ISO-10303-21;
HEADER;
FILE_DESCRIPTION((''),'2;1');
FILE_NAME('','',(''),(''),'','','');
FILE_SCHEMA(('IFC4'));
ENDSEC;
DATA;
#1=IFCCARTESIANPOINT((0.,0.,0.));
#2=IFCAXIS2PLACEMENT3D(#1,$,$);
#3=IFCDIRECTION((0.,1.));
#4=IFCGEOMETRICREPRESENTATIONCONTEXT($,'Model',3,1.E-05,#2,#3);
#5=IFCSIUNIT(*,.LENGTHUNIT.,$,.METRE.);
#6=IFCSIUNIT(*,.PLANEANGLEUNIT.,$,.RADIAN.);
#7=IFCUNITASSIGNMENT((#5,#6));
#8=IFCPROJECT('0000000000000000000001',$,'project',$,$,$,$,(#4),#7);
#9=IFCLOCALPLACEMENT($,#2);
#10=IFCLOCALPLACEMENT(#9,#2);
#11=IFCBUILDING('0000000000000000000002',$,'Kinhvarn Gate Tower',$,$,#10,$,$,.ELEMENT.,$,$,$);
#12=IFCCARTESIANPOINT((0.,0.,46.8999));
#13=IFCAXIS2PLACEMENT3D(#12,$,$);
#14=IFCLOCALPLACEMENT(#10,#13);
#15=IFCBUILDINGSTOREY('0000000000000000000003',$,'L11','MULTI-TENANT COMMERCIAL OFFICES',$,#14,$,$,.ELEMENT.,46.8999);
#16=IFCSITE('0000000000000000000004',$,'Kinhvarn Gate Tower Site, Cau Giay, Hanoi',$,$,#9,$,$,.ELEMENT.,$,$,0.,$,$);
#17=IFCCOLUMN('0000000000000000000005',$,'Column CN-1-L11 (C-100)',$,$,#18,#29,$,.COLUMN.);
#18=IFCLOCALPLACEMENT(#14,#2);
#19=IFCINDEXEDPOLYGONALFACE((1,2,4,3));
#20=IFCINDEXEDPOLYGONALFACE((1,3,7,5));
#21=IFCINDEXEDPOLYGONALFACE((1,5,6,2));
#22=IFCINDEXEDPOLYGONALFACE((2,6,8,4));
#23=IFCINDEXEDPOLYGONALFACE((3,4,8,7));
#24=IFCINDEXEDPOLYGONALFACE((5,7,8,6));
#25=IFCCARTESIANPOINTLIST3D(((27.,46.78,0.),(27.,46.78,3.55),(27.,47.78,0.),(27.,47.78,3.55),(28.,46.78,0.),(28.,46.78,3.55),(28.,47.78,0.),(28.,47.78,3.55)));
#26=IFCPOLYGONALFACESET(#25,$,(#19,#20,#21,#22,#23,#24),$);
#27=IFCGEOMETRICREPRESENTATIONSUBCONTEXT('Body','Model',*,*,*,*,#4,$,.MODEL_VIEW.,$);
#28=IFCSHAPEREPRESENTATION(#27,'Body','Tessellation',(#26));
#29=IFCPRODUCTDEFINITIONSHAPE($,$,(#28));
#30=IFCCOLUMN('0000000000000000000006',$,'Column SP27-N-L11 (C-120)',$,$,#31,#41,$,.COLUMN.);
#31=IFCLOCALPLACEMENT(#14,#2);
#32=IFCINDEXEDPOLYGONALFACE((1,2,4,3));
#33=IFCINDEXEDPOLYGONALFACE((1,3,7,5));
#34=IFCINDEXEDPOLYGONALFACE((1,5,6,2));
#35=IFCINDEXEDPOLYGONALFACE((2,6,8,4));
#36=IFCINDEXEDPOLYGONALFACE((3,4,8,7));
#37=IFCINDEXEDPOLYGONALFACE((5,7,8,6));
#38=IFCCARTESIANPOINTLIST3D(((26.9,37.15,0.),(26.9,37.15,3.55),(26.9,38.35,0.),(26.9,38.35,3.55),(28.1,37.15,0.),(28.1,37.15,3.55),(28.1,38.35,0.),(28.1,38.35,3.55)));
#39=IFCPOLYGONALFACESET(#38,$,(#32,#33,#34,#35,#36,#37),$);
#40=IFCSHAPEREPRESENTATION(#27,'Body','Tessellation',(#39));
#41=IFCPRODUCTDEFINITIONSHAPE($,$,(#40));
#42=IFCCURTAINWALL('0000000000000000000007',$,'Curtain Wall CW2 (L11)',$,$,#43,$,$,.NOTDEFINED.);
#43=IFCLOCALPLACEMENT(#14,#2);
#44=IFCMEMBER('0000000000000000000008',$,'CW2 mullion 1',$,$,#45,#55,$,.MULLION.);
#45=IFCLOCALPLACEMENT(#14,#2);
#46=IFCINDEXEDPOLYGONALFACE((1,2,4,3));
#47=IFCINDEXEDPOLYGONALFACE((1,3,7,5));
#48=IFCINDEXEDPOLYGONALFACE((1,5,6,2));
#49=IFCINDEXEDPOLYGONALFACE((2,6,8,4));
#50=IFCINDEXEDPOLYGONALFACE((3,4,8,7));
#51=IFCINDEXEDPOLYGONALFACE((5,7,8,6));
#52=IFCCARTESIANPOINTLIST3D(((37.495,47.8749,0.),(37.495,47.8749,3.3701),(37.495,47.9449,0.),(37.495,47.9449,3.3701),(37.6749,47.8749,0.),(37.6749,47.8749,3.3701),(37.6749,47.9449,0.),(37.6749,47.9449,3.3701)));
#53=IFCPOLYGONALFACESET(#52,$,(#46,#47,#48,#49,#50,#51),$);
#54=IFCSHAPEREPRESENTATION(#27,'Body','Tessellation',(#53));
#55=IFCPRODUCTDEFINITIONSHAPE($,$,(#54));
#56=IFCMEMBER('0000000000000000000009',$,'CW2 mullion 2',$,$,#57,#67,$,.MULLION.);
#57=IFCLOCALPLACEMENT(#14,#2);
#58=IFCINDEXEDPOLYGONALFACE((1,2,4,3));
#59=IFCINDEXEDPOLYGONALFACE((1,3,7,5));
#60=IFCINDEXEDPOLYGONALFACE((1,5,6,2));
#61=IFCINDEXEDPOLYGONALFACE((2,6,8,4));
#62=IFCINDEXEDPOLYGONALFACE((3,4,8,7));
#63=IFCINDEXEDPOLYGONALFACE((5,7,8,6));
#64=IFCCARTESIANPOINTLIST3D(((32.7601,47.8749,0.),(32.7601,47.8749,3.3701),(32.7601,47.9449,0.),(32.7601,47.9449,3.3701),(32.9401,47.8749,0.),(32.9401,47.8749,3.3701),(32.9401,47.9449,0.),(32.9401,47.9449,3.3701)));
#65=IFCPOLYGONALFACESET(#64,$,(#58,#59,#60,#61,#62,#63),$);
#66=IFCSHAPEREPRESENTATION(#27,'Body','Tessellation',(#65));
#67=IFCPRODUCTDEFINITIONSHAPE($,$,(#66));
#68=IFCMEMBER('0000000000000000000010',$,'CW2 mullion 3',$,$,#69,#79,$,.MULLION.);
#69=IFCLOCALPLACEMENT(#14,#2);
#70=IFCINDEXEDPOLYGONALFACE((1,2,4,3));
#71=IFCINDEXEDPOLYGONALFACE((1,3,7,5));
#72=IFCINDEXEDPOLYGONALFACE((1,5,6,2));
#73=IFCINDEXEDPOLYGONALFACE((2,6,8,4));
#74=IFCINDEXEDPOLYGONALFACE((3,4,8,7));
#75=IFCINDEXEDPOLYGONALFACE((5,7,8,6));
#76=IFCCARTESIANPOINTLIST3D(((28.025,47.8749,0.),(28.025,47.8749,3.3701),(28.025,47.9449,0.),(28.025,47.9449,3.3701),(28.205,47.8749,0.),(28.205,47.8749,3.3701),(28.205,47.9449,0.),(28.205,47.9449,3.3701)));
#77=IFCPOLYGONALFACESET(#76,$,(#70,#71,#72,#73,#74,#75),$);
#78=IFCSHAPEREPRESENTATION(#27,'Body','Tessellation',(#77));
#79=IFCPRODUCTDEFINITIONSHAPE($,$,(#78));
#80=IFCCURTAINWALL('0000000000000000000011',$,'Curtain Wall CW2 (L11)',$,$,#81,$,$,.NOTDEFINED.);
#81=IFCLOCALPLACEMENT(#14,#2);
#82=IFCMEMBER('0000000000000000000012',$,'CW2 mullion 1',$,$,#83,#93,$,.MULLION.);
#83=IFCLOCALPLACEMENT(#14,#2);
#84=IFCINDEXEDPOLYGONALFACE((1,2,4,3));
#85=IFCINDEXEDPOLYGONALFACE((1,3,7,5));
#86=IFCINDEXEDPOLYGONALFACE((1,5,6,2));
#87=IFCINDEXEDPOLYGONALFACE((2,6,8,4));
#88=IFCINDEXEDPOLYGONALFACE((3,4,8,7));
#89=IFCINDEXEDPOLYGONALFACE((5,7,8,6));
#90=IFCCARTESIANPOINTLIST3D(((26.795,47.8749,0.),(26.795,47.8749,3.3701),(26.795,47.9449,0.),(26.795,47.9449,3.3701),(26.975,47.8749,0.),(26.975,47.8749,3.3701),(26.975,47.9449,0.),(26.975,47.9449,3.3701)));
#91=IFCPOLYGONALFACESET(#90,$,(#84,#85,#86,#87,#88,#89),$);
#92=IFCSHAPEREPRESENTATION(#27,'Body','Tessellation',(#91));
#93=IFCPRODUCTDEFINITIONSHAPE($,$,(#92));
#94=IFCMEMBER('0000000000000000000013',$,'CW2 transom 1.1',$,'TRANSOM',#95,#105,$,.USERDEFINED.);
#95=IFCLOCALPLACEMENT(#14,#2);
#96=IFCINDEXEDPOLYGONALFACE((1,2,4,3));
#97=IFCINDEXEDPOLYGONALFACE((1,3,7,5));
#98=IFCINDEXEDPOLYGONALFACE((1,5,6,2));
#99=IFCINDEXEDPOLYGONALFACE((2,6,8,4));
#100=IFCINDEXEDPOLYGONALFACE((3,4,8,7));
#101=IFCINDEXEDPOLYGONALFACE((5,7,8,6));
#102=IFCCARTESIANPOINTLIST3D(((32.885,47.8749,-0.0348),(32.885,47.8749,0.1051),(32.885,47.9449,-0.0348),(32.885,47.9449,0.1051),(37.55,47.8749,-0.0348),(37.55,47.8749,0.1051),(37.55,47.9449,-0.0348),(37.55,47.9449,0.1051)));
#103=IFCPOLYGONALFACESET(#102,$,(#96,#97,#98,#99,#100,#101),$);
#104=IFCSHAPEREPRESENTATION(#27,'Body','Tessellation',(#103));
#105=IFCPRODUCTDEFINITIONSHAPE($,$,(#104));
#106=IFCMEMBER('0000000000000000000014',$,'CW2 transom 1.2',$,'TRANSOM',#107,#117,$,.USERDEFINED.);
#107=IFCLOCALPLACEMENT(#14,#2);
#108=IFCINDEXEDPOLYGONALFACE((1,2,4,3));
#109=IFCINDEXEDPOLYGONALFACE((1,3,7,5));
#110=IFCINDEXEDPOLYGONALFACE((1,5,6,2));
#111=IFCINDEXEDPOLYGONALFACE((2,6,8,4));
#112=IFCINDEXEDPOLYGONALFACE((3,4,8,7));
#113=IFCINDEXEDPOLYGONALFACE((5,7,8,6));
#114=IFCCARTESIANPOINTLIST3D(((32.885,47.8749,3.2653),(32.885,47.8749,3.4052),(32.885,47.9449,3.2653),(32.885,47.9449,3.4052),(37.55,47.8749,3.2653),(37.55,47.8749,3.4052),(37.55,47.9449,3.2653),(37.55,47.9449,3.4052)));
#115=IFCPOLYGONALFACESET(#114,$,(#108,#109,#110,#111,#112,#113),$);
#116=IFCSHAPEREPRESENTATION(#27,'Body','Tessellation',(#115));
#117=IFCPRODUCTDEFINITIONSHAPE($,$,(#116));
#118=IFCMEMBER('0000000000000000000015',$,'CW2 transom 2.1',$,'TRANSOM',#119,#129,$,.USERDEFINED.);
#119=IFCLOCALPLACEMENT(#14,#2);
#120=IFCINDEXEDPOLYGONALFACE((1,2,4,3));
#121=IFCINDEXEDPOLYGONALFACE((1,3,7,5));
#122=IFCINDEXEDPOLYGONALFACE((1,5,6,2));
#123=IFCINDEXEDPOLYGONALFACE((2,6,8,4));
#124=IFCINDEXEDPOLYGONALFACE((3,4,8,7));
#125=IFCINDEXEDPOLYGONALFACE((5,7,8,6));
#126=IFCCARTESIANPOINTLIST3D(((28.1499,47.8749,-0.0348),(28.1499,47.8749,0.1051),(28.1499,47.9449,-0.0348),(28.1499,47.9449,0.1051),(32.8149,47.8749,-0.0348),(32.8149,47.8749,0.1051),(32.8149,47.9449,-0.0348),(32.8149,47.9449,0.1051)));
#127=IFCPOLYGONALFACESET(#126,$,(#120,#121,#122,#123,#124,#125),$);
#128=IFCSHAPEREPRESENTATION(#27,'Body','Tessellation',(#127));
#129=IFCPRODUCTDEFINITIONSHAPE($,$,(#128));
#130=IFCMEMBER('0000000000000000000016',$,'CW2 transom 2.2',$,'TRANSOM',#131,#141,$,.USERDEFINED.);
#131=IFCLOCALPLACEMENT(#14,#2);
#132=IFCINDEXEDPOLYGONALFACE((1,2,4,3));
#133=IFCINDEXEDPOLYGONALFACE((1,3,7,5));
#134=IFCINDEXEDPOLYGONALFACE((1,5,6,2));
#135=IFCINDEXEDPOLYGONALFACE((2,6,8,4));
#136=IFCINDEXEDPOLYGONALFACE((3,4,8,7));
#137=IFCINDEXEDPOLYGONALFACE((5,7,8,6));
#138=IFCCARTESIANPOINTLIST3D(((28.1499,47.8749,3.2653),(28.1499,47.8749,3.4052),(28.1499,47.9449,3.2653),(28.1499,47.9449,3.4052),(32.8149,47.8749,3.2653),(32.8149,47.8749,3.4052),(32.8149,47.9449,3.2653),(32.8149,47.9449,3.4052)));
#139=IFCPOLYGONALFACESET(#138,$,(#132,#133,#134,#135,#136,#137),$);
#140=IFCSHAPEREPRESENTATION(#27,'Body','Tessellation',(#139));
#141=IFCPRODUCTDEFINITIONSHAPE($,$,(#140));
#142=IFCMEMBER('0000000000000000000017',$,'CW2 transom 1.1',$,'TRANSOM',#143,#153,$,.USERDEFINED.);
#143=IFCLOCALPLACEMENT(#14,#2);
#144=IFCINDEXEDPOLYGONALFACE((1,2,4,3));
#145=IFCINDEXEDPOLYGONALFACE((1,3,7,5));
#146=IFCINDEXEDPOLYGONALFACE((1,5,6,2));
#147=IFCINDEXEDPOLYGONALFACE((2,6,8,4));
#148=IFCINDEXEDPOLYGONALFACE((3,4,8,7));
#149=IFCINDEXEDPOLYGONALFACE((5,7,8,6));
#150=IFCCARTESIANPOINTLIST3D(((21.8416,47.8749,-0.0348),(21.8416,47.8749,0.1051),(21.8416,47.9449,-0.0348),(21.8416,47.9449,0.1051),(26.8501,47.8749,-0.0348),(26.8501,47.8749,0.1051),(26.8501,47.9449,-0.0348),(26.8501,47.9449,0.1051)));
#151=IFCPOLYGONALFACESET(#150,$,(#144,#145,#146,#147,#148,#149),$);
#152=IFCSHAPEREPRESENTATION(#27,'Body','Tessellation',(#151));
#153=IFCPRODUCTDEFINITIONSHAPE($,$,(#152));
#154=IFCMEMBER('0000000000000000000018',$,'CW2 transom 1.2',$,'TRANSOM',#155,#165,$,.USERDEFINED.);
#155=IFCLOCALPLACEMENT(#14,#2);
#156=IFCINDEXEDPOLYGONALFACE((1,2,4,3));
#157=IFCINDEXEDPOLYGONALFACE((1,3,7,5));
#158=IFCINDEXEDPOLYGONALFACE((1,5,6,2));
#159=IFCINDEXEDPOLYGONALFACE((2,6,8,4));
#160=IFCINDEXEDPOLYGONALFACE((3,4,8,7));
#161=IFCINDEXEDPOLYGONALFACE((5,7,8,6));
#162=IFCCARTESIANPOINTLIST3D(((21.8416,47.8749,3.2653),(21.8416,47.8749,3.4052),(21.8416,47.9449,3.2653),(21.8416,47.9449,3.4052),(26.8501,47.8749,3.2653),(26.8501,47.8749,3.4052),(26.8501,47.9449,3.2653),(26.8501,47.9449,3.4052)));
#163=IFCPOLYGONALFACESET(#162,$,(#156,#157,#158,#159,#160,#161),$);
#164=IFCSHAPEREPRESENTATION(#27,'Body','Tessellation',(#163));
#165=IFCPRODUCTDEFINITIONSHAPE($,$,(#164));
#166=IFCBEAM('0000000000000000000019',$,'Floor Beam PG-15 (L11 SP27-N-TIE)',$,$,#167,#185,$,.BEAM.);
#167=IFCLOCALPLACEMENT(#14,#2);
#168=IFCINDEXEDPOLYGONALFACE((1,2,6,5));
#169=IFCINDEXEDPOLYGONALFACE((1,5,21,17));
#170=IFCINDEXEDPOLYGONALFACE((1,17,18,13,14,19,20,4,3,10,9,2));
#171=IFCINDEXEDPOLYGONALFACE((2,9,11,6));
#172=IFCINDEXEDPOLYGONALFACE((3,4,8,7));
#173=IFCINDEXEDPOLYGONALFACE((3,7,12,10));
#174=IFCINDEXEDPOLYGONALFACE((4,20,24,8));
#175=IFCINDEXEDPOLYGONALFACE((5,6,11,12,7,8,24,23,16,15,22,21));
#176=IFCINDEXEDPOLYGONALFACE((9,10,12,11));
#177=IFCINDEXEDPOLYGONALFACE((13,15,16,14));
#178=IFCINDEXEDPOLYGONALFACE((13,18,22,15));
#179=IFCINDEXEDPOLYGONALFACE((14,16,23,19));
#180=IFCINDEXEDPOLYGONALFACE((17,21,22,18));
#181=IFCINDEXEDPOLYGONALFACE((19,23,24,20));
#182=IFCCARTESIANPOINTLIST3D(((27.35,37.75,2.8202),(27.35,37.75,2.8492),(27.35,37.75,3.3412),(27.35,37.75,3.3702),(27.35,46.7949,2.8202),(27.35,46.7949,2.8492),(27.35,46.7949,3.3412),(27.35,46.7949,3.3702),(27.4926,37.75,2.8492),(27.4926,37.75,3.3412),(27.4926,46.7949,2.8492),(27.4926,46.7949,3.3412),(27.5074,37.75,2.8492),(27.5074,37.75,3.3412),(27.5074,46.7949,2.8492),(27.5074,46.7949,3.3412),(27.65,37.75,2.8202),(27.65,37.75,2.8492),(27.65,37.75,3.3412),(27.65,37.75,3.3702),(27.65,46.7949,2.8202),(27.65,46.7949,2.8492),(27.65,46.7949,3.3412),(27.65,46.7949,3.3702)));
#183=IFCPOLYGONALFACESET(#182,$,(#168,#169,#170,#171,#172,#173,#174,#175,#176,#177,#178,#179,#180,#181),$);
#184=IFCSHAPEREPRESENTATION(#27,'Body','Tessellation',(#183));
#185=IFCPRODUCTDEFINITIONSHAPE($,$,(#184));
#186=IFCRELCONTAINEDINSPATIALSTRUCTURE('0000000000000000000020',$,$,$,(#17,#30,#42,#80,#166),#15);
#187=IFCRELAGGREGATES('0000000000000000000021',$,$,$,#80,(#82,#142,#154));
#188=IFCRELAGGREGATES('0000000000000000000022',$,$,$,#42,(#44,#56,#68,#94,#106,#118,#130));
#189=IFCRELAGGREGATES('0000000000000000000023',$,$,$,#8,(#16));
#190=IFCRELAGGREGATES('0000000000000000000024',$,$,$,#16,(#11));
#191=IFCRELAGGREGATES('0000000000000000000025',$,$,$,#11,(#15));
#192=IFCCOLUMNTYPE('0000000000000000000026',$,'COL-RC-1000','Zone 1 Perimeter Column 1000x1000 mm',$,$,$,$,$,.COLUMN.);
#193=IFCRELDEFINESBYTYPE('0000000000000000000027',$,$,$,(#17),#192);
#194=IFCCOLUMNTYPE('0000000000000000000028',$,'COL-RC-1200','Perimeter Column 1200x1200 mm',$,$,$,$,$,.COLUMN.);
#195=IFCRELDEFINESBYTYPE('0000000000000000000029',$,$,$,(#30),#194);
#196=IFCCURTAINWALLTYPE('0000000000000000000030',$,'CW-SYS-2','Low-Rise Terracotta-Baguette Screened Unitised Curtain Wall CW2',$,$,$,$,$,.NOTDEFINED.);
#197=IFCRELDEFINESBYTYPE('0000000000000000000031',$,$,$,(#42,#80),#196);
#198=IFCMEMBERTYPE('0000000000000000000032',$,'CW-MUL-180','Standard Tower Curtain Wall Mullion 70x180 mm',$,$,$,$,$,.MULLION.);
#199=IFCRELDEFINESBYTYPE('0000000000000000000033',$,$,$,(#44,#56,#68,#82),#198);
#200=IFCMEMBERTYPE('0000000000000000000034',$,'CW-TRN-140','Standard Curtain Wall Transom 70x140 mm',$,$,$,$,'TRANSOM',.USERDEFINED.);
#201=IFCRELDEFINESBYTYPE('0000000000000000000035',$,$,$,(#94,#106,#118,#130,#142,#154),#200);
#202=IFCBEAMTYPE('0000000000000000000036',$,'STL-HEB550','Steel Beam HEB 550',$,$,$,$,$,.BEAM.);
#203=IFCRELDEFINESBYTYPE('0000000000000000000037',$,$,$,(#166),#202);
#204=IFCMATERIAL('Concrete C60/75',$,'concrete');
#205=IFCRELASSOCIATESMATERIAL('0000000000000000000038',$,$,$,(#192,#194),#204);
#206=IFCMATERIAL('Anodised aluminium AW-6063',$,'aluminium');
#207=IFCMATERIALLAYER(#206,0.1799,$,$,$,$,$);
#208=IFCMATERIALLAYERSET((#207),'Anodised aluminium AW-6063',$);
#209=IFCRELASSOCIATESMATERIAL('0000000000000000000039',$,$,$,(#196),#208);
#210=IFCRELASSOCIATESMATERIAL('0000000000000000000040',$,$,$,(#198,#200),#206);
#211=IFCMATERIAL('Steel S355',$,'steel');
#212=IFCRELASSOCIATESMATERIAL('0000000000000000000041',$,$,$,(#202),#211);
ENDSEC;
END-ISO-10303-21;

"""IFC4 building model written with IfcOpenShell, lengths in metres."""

from ifc_helpers import new_model, si_unit, direction, frame, origin, origin_2d, place, context, subcontext, project, spatial, rectangle, i_section, extrude, material, layer, layer_set, material_profile, profile_set, type_object, element, aggregate, save


model = new_model("IFC4")

# Units and contexts
model_context = context("Model", 3, precision=1e-05, world=origin(), true_north=direction((0.0, 1.0)))
body_context = subcontext(model_context, "Body", "Model", "MODEL_VIEW")
ifc_project = project(units=[si_unit("LENGTHUNIT", "METRE"), si_unit("PLANEANGLEUNIT", "RADIAN")], contexts=[model_context])

# Site, building, storey
site_placement = place(None, origin())
site = spatial("IfcSite", under=ifc_project, at=site_placement, Name="Kinhvarn Gate Tower Site, Cau Giay, Hanoi", CompositionType="ELEMENT", RefElevation=0.0)
building_placement = place(site_placement, origin())
building = spatial("IfcBuilding", under=site, at=building_placement, Name="Kinhvarn Gate Tower", CompositionType="ELEMENT")
storey_placement = place(building_placement, frame((0.0, 0.0, 46.8999)))
storey = spatial("IfcBuildingStorey", under=building, at=storey_placement, Name="L11", Description="MULTI-TENANT COMMERCIAL OFFICES", CompositionType="ELEMENT", Elevation=46.8999)

# Columns
ifc_material_1 = material(Name="Concrete C60/75", Category="concrete")
ifc_material_profile_1 = material_profile(ifc_material_1, rectangle(XDim=1.0, YDim=1.0, at=origin_2d()), Name="RC 1000x1000")
ifc_profile_set_1 = profile_set([ifc_material_profile_1], Name="Concrete C60/75")
column_type_1 = type_object("IfcColumnType", Name="COL-RC-1000", Description="Zone 1 Perimeter Column 1000x1000 mm", PredefinedType="COLUMN", material=ifc_profile_set_1)
column_1_placement = place(storey_placement, frame((27.5, 47.28, 0.0), z_axis=(0.0, 0.0, 1.0), x_axis=(1.0, 0.0, 0.0)))
element("IfcColumn", 1, at=column_1_placement, inside=storey, type_object=column_type_1, Name="Column CN-1-L11 (C-100)", PredefinedType="COLUMN", context=body_context, shape_type="SweptSolid", body=[
    extrude(rectangle(XDim=1.0, YDim=1.0, at=origin_2d()), origin(), (0.0, 0.0, 1.0), 3.55),
])
ifc_material_profile_2 = material_profile(ifc_material_1, rectangle(XDim=1.2, YDim=1.2, at=origin_2d()), Name="RC 1200x1200")
ifc_profile_set_2 = profile_set([ifc_material_profile_2], Name="Concrete C60/75")
column_type_2 = type_object("IfcColumnType", Name="COL-RC-1200", Description="Perimeter Column 1200x1200 mm", PredefinedType="COLUMN", material=ifc_profile_set_2)
column_2_placement = place(storey_placement, frame((27.5, 37.75, 0.0), z_axis=(0.0, 0.0, 1.0), x_axis=(1.0, 0.0, 0.0)))
element("IfcColumn", 2, at=column_2_placement, inside=storey, type_object=column_type_2, Name="Column SP27-N-L11 (C-120)", PredefinedType="COLUMN", context=body_context, shape_type="SweptSolid", body=[
    extrude(rectangle(XDim=1.2, YDim=1.2, at=origin_2d()), origin(), (0.0, 0.0, 1.0), 3.55),
])

# Curtain wall, members
ifc_material_2 = material(Name="Anodised aluminium AW-6063", Category="aluminium")
ifc_layer_1 = layer(ifc_material_2, 0.1799)
ifc_layer_set_1 = layer_set([ifc_layer_1], Name="Anodised aluminium AW-6063")
curtain_wall_type = type_object("IfcCurtainWallType", Name="CW-SYS-2", Description="Low-Rise Terracotta-Baguette Screened Unitised Curtain Wall CW2", PredefinedType="NOTDEFINED", material=ifc_layer_set_1)
curtain_wall_1_placement = place(storey_placement, origin())
curtain_wall_1 = element("IfcCurtainWall", 3, at=curtain_wall_1_placement, inside=storey, type_object=curtain_wall_type, Name="Curtain Wall CW2 (L11)", PredefinedType="NOTDEFINED")
ifc_material_profile_3 = material_profile(ifc_material_2, rectangle(XDim=0.0701, YDim=0.1799, at=origin_2d()), Name="ALU 70x180")
ifc_profile_set_3 = profile_set([ifc_material_profile_3], Name="Anodised aluminium AW-6063")
member_type_1 = type_object("IfcMemberType", Name="CW-MUL-180", Description="Standard Tower Curtain Wall Mullion 70x180 mm", PredefinedType="MULLION", material=ifc_profile_set_3)
member_1_placement = place(storey_placement, frame((37.585, 47.9099, 0.0), z_axis=(0.0, 0.0, 1.0), x_axis=(0.0, -1.0, 0.0)))
member_1 = element("IfcMember", 4, at=member_1_placement, type_object=member_type_1, Name="CW2 mullion 1", PredefinedType="MULLION", context=body_context, shape_type="SweptSolid", body=[
    extrude(rectangle(XDim=0.0701, YDim=0.1799, at=origin_2d()), origin(), (0.0, 0.0, 1.0), 3.3701),
])
member_2_placement = place(storey_placement, frame((32.8501, 47.9099, 0.0), z_axis=(0.0, 0.0, 1.0), x_axis=(0.0, -1.0, 0.0)))
member_2 = element("IfcMember", 5, at=member_2_placement, type_object=member_type_1, Name="CW2 mullion 2", PredefinedType="MULLION", context=body_context, shape_type="SweptSolid", body=[
    extrude(rectangle(XDim=0.0701, YDim=0.1799, at=origin_2d()), origin(), (0.0, 0.0, 1.0), 3.3701),
])
member_3_placement = place(storey_placement, frame((28.115, 47.9099, 0.0), z_axis=(0.0, 0.0, 1.0), x_axis=(0.0, -1.0, 0.0)))
member_3 = element("IfcMember", 6, at=member_3_placement, type_object=member_type_1, Name="CW2 mullion 3", PredefinedType="MULLION", context=body_context, shape_type="SweptSolid", body=[
    extrude(rectangle(XDim=0.0701, YDim=0.1799, at=origin_2d()), origin(), (0.0, 0.0, 1.0), 3.3701),
])

# Curtain wall, member
curtain_wall_2_placement = place(storey_placement, origin())
curtain_wall_2 = element("IfcCurtainWall", 7, at=curtain_wall_2_placement, inside=storey, type_object=curtain_wall_type, Name="Curtain Wall CW2 (L11)", PredefinedType="NOTDEFINED")
member_4_placement = place(storey_placement, frame((26.885, 47.9099, 0.0), z_axis=(0.0, 0.0, 1.0), x_axis=(0.0, -1.0, 0.0)))
member_4 = element("IfcMember", 8, at=member_4_placement, type_object=member_type_1, Name="CW2 mullion 1", PredefinedType="MULLION", context=body_context, shape_type="SweptSolid", body=[
    extrude(rectangle(XDim=0.0701, YDim=0.1799, at=origin_2d()), origin(), (0.0, 0.0, 1.0), 3.3701),
])

# Members
ifc_material_profile_4 = material_profile(ifc_material_2, rectangle(XDim=0.0701, YDim=0.1399, at=origin_2d()), Name="ALU 70x140")
ifc_profile_set_4 = profile_set([ifc_material_profile_4], Name="Anodised aluminium AW-6063")
member_type_2 = type_object("IfcMemberType", Name="CW-TRN-140", Description="Standard Curtain Wall Transom 70x140 mm", ElementType="TRANSOM", PredefinedType="USERDEFINED", material=ifc_profile_set_4)
member_5_placement = place(storey_placement, frame((37.55, 47.9099, 0.0352), z_axis=(-1.0, 0.0, 0.0), x_axis=(0.0, -1.0, 0.0)))
member_5 = element("IfcMember", 9, at=member_5_placement, type_object=member_type_2, Name="CW2 transom 1.1", ObjectType="TRANSOM", PredefinedType="USERDEFINED", context=body_context, shape_type="SweptSolid", body=[
    extrude(rectangle(XDim=0.0701, YDim=0.1399, at=origin_2d()), origin(), (0.0, 0.0, 1.0), 4.665),
])
member_6_placement = place(storey_placement, frame((37.55, 47.9099, 3.3352), z_axis=(-1.0, 0.0, 0.0), x_axis=(0.0, -1.0, 0.0)))
member_6 = element("IfcMember", 10, at=member_6_placement, type_object=member_type_2, Name="CW2 transom 1.2", ObjectType="TRANSOM", PredefinedType="USERDEFINED", context=body_context, shape_type="SweptSolid", body=[
    extrude(rectangle(XDim=0.0701, YDim=0.1399, at=origin_2d()), origin(), (0.0, 0.0, 1.0), 4.665),
])
member_7_placement = place(storey_placement, frame((32.8149, 47.9099, 0.0352), z_axis=(-1.0, 0.0, 0.0), x_axis=(0.0, -1.0, 0.0)))
member_7 = element("IfcMember", 11, at=member_7_placement, type_object=member_type_2, Name="CW2 transom 2.1", ObjectType="TRANSOM", PredefinedType="USERDEFINED", context=body_context, shape_type="SweptSolid", body=[
    extrude(rectangle(XDim=0.0701, YDim=0.1399, at=origin_2d()), origin(), (0.0, 0.0, 1.0), 4.665),
])
member_8_placement = place(storey_placement, frame((32.8149, 47.9099, 3.3352), z_axis=(-1.0, 0.0, 0.0), x_axis=(0.0, -1.0, 0.0)))
member_8 = element("IfcMember", 12, at=member_8_placement, type_object=member_type_2, Name="CW2 transom 2.2", ObjectType="TRANSOM", PredefinedType="USERDEFINED", context=body_context, shape_type="SweptSolid", body=[
    extrude(rectangle(XDim=0.0701, YDim=0.1399, at=origin_2d()), origin(), (0.0, 0.0, 1.0), 4.665),
])
member_9_placement = place(storey_placement, frame((26.8501, 47.9099, 0.0352), z_axis=(-1.0, 0.0, 0.0), x_axis=(0.0, -1.0, 0.0)))
member_9 = element("IfcMember", 13, at=member_9_placement, type_object=member_type_2, Name="CW2 transom 1.1", ObjectType="TRANSOM", PredefinedType="USERDEFINED", context=body_context, shape_type="SweptSolid", body=[
    extrude(rectangle(XDim=0.0701, YDim=0.1399, at=origin_2d()), origin(), (0.0, 0.0, 1.0), 5.0085),
])
member_10_placement = place(storey_placement, frame((26.8501, 47.9099, 3.3352), z_axis=(-1.0, 0.0, 0.0), x_axis=(0.0, -1.0, 0.0)))
member_10 = element("IfcMember", 14, at=member_10_placement, type_object=member_type_2, Name="CW2 transom 1.2", ObjectType="TRANSOM", PredefinedType="USERDEFINED", context=body_context, shape_type="SweptSolid", body=[
    extrude(rectangle(XDim=0.0701, YDim=0.1399, at=origin_2d()), origin(), (0.0, 0.0, 1.0), 5.0085),
])
aggregate(curtain_wall_2, [member_4, member_9, member_10])

# Beam
ifc_material_3 = material(Name="Steel S355", Category="steel")
ifc_material_profile_5 = material_profile(ifc_material_3, i_section(OverallWidth=0.3, OverallDepth=0.55, WebThickness=0.0149, FlangeThickness=0.0291, at=origin_2d()), Name="HEB 550")
ifc_profile_set_5 = profile_set([ifc_material_profile_5], Name="Steel S355")
beam_type_1 = type_object("IfcBeamType", Name="STL-HEB550", Description="Steel Beam HEB 550", PredefinedType="BEAM", material=ifc_profile_set_5)
beam_1_placement = place(storey_placement, frame((27.5, 37.75, 3.0952), z_axis=(0.0, 1.0, 0.0), x_axis=(-1.0, 0.0, 0.0)))
element("IfcBeam", 15, at=beam_1_placement, inside=storey, type_object=beam_type_1, Name="Floor Beam PG-15 (L11 SP27-N-TIE)", PredefinedType="BEAM", context=body_context, shape_type="SweptSolid", body=[
    extrude(i_section(OverallWidth=0.3, OverallDepth=0.55, WebThickness=0.0149, FlangeThickness=0.0291, at=origin_2d()), origin(), (0.0, 0.0, 1.0), 9.0449),
])

aggregate(curtain_wall_1, [member_1, member_2, member_3, member_5, member_6, member_7, member_8])

save(model, "model.ifc")
